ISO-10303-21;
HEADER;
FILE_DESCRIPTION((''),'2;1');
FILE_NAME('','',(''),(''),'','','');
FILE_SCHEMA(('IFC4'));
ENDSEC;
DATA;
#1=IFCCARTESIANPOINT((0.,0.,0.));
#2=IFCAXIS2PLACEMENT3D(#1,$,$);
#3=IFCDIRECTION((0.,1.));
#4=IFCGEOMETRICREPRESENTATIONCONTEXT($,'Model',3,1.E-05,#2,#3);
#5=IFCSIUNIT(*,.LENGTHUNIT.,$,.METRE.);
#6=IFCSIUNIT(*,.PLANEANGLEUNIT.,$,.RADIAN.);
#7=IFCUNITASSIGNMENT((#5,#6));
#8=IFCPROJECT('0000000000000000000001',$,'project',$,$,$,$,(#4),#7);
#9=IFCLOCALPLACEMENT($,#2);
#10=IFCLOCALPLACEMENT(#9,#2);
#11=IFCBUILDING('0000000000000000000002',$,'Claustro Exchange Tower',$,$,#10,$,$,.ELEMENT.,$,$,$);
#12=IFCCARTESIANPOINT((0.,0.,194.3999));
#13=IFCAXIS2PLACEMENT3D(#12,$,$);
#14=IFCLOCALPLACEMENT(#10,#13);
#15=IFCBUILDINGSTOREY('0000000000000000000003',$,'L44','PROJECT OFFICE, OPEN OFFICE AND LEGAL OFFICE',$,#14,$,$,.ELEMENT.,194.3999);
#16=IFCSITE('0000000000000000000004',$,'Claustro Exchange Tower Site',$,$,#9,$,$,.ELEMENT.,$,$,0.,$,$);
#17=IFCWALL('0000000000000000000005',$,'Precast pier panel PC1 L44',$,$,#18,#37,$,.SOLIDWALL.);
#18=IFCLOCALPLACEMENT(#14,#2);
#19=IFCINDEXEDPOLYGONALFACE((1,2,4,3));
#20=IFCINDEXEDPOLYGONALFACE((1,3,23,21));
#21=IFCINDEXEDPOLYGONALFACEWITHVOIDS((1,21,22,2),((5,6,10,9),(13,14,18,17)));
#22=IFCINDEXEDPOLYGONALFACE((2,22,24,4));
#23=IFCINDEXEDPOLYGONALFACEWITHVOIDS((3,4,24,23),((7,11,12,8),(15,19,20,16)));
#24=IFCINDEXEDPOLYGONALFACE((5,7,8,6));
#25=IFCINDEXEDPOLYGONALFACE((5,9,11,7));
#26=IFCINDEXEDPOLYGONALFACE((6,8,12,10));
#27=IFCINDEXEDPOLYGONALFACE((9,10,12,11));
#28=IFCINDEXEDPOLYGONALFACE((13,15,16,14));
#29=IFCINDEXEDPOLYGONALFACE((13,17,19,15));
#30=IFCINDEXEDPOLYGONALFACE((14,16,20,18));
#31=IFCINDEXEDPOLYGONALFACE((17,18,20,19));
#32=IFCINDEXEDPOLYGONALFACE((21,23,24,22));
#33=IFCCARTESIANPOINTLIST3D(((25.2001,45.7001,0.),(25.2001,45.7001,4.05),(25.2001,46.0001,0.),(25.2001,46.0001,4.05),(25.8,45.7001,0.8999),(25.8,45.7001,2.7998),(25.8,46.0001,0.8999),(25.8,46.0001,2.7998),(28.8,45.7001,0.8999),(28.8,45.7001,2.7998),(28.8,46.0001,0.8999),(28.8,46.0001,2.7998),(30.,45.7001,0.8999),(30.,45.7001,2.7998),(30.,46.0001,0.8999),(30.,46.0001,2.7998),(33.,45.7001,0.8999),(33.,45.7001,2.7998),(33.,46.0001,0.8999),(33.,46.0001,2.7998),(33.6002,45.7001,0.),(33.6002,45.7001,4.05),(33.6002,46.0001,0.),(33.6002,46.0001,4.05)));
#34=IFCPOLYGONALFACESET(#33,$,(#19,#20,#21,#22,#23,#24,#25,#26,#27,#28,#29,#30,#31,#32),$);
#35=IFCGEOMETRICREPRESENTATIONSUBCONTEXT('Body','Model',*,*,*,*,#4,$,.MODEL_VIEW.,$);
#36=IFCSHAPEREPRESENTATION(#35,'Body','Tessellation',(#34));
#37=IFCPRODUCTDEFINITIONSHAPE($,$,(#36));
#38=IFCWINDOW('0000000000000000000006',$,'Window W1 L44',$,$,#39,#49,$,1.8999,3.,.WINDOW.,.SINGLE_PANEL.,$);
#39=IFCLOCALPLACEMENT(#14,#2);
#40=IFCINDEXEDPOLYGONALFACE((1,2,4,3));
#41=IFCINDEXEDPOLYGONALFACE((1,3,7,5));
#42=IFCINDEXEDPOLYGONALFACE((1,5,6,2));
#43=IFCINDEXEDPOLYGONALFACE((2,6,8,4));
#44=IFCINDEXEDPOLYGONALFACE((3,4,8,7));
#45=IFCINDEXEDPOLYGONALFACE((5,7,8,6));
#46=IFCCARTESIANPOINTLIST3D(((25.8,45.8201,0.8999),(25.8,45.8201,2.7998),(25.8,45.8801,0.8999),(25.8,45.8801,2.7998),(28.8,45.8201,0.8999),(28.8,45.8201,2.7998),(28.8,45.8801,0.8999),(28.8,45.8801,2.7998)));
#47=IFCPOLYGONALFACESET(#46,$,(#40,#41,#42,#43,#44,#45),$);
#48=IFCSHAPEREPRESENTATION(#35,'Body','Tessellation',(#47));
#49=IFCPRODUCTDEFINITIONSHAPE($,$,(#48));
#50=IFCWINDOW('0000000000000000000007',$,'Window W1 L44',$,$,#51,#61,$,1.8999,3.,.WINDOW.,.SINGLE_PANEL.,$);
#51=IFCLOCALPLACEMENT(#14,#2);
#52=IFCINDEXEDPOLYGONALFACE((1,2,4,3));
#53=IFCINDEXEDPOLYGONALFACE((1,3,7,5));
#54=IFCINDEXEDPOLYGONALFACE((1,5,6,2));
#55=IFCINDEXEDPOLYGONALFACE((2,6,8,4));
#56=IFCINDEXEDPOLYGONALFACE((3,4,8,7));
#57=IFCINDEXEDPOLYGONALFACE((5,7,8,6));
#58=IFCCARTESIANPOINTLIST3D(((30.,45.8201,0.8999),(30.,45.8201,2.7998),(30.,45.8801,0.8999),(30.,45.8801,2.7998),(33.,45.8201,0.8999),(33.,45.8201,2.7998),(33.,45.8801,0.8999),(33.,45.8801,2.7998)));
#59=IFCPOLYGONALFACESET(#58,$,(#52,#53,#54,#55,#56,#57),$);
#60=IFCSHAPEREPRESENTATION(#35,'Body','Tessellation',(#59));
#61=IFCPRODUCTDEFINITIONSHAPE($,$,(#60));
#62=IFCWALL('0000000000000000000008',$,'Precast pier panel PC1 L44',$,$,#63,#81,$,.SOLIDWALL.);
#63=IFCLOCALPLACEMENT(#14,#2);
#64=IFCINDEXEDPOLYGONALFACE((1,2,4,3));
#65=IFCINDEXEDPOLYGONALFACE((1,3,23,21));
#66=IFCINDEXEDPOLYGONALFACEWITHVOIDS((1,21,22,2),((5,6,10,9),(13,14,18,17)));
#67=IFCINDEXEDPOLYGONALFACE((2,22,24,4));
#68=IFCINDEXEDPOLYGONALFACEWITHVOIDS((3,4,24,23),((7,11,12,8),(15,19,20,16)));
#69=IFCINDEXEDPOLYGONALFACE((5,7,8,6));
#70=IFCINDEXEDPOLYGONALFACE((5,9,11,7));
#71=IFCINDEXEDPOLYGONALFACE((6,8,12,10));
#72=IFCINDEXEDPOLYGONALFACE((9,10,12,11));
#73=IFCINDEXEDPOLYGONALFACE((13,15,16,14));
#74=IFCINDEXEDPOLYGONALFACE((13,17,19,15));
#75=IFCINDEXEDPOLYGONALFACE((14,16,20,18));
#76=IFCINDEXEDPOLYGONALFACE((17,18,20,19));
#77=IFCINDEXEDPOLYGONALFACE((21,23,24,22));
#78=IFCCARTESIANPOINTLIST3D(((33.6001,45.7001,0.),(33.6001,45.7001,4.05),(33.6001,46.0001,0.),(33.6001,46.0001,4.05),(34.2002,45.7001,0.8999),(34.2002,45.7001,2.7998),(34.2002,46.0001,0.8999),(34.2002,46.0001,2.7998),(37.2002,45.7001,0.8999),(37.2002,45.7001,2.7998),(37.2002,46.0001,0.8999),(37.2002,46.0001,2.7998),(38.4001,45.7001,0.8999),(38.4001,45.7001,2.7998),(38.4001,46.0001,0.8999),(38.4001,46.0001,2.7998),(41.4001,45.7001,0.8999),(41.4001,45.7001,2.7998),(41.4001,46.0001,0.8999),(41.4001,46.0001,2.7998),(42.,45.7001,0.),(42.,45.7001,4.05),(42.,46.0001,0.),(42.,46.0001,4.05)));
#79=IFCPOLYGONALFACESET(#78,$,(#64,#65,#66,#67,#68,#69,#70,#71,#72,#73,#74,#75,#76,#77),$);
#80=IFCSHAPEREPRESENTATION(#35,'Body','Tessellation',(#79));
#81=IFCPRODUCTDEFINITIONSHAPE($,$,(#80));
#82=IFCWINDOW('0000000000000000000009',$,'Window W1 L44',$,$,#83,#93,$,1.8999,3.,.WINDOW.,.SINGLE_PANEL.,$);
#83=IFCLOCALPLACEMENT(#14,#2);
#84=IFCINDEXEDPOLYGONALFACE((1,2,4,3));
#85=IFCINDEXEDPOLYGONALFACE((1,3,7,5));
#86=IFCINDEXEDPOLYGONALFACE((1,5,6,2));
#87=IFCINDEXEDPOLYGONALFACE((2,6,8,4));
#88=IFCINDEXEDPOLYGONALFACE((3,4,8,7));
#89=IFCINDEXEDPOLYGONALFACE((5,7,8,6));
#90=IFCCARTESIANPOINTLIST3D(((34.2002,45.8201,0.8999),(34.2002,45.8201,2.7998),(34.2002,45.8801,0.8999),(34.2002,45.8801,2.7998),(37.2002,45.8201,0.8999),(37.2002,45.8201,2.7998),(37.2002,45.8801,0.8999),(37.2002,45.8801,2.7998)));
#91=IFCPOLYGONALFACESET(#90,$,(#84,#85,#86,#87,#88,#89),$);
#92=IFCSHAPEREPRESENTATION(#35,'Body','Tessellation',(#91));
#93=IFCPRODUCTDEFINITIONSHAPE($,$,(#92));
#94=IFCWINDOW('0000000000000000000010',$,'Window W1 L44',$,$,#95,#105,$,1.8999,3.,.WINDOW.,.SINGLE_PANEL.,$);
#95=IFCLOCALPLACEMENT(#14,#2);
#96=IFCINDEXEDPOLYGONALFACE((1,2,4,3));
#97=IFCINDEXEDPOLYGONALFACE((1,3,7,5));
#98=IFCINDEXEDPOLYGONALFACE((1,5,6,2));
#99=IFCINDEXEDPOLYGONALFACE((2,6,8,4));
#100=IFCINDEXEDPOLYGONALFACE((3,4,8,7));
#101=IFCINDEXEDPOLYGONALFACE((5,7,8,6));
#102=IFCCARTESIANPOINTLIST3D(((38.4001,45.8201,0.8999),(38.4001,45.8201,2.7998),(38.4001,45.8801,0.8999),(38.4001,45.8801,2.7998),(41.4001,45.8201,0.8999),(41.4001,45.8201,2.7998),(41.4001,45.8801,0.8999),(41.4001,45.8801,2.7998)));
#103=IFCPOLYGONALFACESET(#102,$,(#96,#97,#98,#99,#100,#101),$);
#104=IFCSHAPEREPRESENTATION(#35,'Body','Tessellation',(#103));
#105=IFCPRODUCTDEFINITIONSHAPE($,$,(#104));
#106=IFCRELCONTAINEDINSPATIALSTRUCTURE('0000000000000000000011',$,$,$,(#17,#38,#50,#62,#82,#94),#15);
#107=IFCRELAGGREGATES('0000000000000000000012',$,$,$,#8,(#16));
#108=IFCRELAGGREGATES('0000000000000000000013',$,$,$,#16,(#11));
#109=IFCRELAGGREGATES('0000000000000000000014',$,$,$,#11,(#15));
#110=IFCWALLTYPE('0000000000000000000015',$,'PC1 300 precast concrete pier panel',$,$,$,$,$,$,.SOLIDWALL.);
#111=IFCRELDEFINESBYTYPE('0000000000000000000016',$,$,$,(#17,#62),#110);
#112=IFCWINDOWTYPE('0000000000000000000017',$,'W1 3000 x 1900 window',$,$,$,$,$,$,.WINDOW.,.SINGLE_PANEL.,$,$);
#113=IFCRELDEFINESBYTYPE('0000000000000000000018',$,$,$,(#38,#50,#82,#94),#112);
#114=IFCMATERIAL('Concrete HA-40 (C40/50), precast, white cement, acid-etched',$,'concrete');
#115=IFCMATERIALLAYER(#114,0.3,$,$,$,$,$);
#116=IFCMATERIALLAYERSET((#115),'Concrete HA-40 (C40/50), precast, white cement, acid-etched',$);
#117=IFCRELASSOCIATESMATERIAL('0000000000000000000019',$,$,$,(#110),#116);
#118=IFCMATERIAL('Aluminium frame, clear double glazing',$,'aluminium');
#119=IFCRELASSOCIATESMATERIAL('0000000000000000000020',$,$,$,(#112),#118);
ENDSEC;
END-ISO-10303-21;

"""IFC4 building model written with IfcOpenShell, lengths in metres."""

from ifc_helpers import new_model, si_unit, direction, frame, frame_2d, origin, place, context, subcontext, project, spatial, rectangle, extrude, material, layer, layer_set, type_object, element, fill, save


model = new_model("IFC4")

# Units and contexts
model_context = context("Model", 3, precision=1e-05, world=origin(), true_north=direction((0.0, 1.0)))
body_context = subcontext(model_context, "Body", "Model", "MODEL_VIEW")
ifc_project = project(units=[si_unit("LENGTHUNIT", "METRE"), si_unit("PLANEANGLEUNIT", "RADIAN")], contexts=[model_context])

# Site, building, storey
site_placement = place(None, origin())
site = spatial("IfcSite", under=ifc_project, at=site_placement, Name="Claustro Exchange Tower Site", CompositionType="ELEMENT", RefElevation=0.0)
building_placement = place(site_placement, origin())
building = spatial("IfcBuilding", under=site, at=building_placement, Name="Claustro Exchange Tower", CompositionType="ELEMENT")
storey_placement = place(building_placement, frame((0.0, 0.0, 194.3999)))
storey = spatial("IfcBuildingStorey", under=building, at=storey_placement, Name="L44", Description="PROJECT OFFICE, OPEN OFFICE AND LEGAL OFFICE", CompositionType="ELEMENT", Elevation=194.3999)

# Walls, openings, windows
ifc_material_1 = material(Name="Concrete HA-40 (C40/50), precast, white cement, acid-etched", Category="concrete")
ifc_layer_1 = layer(ifc_material_1, 0.3)
ifc_layer_set_1 = layer_set([ifc_layer_1], Name="Concrete HA-40 (C40/50), precast, white cement, acid-etched")
wall_type_1 = type_object("IfcWallType", Name="PC1 300 precast concrete pier panel", PredefinedType="SOLIDWALL", material=ifc_layer_set_1)
ifc_material_2 = material(Name="Aluminium frame, clear double glazing", Category="aluminium")
window_type = type_object("IfcWindowType", Name="W1 3000 x 1900 window", PartitioningType="SINGLE_PANEL", PredefinedType="WINDOW", material=ifc_material_2)
wall_1_placement = place(storey_placement, frame((25.2, 45.8501, 0.0), z_axis=(0.0, 0.0, 1.0), x_axis=(1.0, 0.0, 0.0)))
wall_1 = element("IfcWall", 1, at=wall_1_placement, inside=storey, type_object=wall_type_1, Name="Precast pier panel PC1 L44", PredefinedType="SOLIDWALL", context=body_context, shape_type="SweptSolid", body=[
    extrude(rectangle(XDim=8.4001, YDim=0.3, at=frame_2d((4.2002, 0.0))), origin(), (0.0, 0.0, 1.0), 4.05),
])
opening_1_placement = place(wall_1_placement, frame((0.6001, 0.0, 0.8999)))
opening_1 = element("IfcOpeningElement", 2, at=opening_1_placement, cuts=wall_1, PredefinedType="OPENING", context=body_context, shape_type="SweptSolid", body=[
    extrude(rectangle(XDim=3.0, YDim=1.8999, at=frame_2d((1.5, 0.95))), frame((0.0, 0.1599, 0.0), z_axis=(0.0, -1.0, 0.0), x_axis=(1.0, 0.0, 0.0)), (0.0, 0.0, 1.0), 0.3201),
])
opening_2_placement = place(wall_1_placement, frame((4.8, 0.0, 0.8999)))
opening_2 = element("IfcOpeningElement", 3, at=opening_2_placement, cuts=wall_1, PredefinedType="OPENING", context=body_context, shape_type="SweptSolid", body=[
    extrude(rectangle(XDim=3.0, YDim=1.8999, at=frame_2d((1.5, 0.95))), frame((0.0, 0.1599, 0.0), z_axis=(0.0, -1.0, 0.0), x_axis=(1.0, 0.0, 0.0)), (0.0, 0.0, 1.0), 0.3201),
])
window_1_placement = place(opening_1_placement, origin())
window_1 = element("IfcWindow", 4, at=window_1_placement, inside=storey, type_object=window_type, Name="Window W1 L44", OverallHeight=1.8999, OverallWidth=3.0, PartitioningType="SINGLE_PANEL", PredefinedType="WINDOW", context=body_context, shape_type="SweptSolid", body=[
    extrude(rectangle(XDim=3.0, YDim=1.8999, at=frame_2d((1.5, 0.95))), frame((0.0, 0.03, 0.0), z_axis=(0.0, -1.0, 0.0), x_axis=(1.0, 0.0, 0.0)), (0.0, 0.0, 1.0), 0.0601),
])
fill(opening_1, window_1)
window_2_placement = place(opening_2_placement, origin())
window_2 = element("IfcWindow", 5, at=window_2_placement, inside=storey, type_object=window_type, Name="Window W1 L44", OverallHeight=1.8999, OverallWidth=3.0, PartitioningType="SINGLE_PANEL", PredefinedType="WINDOW", context=body_context, shape_type="SweptSolid", body=[
    extrude(rectangle(XDim=3.0, YDim=1.8999, at=frame_2d((1.5, 0.95))), frame((0.0, 0.03, 0.0), z_axis=(0.0, -1.0, 0.0), x_axis=(1.0, 0.0, 0.0)), (0.0, 0.0, 1.0), 0.0601),
])
fill(opening_2, window_2)
wall_2_placement = place(storey_placement, frame((33.6001, 45.8501, 0.0), z_axis=(0.0, 0.0, 1.0), x_axis=(1.0, 0.0, 0.0)))
wall_2 = element("IfcWall", 6, at=wall_2_placement, inside=storey, type_object=wall_type_1, Name="Precast pier panel PC1 L44", PredefinedType="SOLIDWALL", context=body_context, shape_type="SweptSolid", body=[
    extrude(rectangle(XDim=8.3999, YDim=0.3, at=frame_2d((4.2, 0.0))), origin(), (0.0, 0.0, 1.0), 4.05),
])
opening_3_placement = place(wall_2_placement, frame((0.6001, 0.0, 0.8999)))
opening_3 = element("IfcOpeningElement", 7, at=opening_3_placement, cuts=wall_2, PredefinedType="OPENING", context=body_context, shape_type="SweptSolid", body=[
    extrude(rectangle(XDim=3.0, YDim=1.8999, at=frame_2d((1.5, 0.95))), frame((0.0, 0.1599, 0.0), z_axis=(0.0, -1.0, 0.0), x_axis=(1.0, 0.0, 0.0)), (0.0, 0.0, 1.0), 0.3201),
])
opening_4_placement = place(wall_2_placement, frame((4.8, 0.0, 0.8999)))
opening_4 = element("IfcOpeningElement", 8, at=opening_4_placement, cuts=wall_2, PredefinedType="OPENING", context=body_context, shape_type="SweptSolid", body=[
    extrude(rectangle(XDim=3.0, YDim=1.8999, at=frame_2d((1.5, 0.95))), frame((0.0, 0.1599, 0.0), z_axis=(0.0, -1.0, 0.0), x_axis=(1.0, 0.0, 0.0)), (0.0, 0.0, 1.0), 0.3201),
])
window_3_placement = place(opening_3_placement, origin())
window_3 = element("IfcWindow", 9, at=window_3_placement, inside=storey, type_object=window_type, Name="Window W1 L44", OverallHeight=1.8999, OverallWidth=3.0, PartitioningType="SINGLE_PANEL", PredefinedType="WINDOW", context=body_context, shape_type="SweptSolid", body=[
    extrude(rectangle(XDim=3.0, YDim=1.8999, at=frame_2d((1.5, 0.95))), frame((0.0, 0.03, 0.0), z_axis=(0.0, -1.0, 0.0), x_axis=(1.0, 0.0, 0.0)), (0.0, 0.0, 1.0), 0.0601),
])
fill(opening_3, window_3)
window_4_placement = place(opening_4_placement, origin())
window_4 = element("IfcWindow", 10, at=window_4_placement, inside=storey, type_object=window_type, Name="Window W1 L44", OverallHeight=1.8999, OverallWidth=3.0, PartitioningType="SINGLE_PANEL", PredefinedType="WINDOW", context=body_context, shape_type="SweptSolid", body=[
    extrude(rectangle(XDim=3.0, YDim=1.8999, at=frame_2d((1.5, 0.95))), frame((0.0, 0.03, 0.0), z_axis=(0.0, -1.0, 0.0), x_axis=(1.0, 0.0, 0.0)), (0.0, 0.0, 1.0), 0.0601),
])
fill(opening_4, window_4)

save(model, "model.ifc")
